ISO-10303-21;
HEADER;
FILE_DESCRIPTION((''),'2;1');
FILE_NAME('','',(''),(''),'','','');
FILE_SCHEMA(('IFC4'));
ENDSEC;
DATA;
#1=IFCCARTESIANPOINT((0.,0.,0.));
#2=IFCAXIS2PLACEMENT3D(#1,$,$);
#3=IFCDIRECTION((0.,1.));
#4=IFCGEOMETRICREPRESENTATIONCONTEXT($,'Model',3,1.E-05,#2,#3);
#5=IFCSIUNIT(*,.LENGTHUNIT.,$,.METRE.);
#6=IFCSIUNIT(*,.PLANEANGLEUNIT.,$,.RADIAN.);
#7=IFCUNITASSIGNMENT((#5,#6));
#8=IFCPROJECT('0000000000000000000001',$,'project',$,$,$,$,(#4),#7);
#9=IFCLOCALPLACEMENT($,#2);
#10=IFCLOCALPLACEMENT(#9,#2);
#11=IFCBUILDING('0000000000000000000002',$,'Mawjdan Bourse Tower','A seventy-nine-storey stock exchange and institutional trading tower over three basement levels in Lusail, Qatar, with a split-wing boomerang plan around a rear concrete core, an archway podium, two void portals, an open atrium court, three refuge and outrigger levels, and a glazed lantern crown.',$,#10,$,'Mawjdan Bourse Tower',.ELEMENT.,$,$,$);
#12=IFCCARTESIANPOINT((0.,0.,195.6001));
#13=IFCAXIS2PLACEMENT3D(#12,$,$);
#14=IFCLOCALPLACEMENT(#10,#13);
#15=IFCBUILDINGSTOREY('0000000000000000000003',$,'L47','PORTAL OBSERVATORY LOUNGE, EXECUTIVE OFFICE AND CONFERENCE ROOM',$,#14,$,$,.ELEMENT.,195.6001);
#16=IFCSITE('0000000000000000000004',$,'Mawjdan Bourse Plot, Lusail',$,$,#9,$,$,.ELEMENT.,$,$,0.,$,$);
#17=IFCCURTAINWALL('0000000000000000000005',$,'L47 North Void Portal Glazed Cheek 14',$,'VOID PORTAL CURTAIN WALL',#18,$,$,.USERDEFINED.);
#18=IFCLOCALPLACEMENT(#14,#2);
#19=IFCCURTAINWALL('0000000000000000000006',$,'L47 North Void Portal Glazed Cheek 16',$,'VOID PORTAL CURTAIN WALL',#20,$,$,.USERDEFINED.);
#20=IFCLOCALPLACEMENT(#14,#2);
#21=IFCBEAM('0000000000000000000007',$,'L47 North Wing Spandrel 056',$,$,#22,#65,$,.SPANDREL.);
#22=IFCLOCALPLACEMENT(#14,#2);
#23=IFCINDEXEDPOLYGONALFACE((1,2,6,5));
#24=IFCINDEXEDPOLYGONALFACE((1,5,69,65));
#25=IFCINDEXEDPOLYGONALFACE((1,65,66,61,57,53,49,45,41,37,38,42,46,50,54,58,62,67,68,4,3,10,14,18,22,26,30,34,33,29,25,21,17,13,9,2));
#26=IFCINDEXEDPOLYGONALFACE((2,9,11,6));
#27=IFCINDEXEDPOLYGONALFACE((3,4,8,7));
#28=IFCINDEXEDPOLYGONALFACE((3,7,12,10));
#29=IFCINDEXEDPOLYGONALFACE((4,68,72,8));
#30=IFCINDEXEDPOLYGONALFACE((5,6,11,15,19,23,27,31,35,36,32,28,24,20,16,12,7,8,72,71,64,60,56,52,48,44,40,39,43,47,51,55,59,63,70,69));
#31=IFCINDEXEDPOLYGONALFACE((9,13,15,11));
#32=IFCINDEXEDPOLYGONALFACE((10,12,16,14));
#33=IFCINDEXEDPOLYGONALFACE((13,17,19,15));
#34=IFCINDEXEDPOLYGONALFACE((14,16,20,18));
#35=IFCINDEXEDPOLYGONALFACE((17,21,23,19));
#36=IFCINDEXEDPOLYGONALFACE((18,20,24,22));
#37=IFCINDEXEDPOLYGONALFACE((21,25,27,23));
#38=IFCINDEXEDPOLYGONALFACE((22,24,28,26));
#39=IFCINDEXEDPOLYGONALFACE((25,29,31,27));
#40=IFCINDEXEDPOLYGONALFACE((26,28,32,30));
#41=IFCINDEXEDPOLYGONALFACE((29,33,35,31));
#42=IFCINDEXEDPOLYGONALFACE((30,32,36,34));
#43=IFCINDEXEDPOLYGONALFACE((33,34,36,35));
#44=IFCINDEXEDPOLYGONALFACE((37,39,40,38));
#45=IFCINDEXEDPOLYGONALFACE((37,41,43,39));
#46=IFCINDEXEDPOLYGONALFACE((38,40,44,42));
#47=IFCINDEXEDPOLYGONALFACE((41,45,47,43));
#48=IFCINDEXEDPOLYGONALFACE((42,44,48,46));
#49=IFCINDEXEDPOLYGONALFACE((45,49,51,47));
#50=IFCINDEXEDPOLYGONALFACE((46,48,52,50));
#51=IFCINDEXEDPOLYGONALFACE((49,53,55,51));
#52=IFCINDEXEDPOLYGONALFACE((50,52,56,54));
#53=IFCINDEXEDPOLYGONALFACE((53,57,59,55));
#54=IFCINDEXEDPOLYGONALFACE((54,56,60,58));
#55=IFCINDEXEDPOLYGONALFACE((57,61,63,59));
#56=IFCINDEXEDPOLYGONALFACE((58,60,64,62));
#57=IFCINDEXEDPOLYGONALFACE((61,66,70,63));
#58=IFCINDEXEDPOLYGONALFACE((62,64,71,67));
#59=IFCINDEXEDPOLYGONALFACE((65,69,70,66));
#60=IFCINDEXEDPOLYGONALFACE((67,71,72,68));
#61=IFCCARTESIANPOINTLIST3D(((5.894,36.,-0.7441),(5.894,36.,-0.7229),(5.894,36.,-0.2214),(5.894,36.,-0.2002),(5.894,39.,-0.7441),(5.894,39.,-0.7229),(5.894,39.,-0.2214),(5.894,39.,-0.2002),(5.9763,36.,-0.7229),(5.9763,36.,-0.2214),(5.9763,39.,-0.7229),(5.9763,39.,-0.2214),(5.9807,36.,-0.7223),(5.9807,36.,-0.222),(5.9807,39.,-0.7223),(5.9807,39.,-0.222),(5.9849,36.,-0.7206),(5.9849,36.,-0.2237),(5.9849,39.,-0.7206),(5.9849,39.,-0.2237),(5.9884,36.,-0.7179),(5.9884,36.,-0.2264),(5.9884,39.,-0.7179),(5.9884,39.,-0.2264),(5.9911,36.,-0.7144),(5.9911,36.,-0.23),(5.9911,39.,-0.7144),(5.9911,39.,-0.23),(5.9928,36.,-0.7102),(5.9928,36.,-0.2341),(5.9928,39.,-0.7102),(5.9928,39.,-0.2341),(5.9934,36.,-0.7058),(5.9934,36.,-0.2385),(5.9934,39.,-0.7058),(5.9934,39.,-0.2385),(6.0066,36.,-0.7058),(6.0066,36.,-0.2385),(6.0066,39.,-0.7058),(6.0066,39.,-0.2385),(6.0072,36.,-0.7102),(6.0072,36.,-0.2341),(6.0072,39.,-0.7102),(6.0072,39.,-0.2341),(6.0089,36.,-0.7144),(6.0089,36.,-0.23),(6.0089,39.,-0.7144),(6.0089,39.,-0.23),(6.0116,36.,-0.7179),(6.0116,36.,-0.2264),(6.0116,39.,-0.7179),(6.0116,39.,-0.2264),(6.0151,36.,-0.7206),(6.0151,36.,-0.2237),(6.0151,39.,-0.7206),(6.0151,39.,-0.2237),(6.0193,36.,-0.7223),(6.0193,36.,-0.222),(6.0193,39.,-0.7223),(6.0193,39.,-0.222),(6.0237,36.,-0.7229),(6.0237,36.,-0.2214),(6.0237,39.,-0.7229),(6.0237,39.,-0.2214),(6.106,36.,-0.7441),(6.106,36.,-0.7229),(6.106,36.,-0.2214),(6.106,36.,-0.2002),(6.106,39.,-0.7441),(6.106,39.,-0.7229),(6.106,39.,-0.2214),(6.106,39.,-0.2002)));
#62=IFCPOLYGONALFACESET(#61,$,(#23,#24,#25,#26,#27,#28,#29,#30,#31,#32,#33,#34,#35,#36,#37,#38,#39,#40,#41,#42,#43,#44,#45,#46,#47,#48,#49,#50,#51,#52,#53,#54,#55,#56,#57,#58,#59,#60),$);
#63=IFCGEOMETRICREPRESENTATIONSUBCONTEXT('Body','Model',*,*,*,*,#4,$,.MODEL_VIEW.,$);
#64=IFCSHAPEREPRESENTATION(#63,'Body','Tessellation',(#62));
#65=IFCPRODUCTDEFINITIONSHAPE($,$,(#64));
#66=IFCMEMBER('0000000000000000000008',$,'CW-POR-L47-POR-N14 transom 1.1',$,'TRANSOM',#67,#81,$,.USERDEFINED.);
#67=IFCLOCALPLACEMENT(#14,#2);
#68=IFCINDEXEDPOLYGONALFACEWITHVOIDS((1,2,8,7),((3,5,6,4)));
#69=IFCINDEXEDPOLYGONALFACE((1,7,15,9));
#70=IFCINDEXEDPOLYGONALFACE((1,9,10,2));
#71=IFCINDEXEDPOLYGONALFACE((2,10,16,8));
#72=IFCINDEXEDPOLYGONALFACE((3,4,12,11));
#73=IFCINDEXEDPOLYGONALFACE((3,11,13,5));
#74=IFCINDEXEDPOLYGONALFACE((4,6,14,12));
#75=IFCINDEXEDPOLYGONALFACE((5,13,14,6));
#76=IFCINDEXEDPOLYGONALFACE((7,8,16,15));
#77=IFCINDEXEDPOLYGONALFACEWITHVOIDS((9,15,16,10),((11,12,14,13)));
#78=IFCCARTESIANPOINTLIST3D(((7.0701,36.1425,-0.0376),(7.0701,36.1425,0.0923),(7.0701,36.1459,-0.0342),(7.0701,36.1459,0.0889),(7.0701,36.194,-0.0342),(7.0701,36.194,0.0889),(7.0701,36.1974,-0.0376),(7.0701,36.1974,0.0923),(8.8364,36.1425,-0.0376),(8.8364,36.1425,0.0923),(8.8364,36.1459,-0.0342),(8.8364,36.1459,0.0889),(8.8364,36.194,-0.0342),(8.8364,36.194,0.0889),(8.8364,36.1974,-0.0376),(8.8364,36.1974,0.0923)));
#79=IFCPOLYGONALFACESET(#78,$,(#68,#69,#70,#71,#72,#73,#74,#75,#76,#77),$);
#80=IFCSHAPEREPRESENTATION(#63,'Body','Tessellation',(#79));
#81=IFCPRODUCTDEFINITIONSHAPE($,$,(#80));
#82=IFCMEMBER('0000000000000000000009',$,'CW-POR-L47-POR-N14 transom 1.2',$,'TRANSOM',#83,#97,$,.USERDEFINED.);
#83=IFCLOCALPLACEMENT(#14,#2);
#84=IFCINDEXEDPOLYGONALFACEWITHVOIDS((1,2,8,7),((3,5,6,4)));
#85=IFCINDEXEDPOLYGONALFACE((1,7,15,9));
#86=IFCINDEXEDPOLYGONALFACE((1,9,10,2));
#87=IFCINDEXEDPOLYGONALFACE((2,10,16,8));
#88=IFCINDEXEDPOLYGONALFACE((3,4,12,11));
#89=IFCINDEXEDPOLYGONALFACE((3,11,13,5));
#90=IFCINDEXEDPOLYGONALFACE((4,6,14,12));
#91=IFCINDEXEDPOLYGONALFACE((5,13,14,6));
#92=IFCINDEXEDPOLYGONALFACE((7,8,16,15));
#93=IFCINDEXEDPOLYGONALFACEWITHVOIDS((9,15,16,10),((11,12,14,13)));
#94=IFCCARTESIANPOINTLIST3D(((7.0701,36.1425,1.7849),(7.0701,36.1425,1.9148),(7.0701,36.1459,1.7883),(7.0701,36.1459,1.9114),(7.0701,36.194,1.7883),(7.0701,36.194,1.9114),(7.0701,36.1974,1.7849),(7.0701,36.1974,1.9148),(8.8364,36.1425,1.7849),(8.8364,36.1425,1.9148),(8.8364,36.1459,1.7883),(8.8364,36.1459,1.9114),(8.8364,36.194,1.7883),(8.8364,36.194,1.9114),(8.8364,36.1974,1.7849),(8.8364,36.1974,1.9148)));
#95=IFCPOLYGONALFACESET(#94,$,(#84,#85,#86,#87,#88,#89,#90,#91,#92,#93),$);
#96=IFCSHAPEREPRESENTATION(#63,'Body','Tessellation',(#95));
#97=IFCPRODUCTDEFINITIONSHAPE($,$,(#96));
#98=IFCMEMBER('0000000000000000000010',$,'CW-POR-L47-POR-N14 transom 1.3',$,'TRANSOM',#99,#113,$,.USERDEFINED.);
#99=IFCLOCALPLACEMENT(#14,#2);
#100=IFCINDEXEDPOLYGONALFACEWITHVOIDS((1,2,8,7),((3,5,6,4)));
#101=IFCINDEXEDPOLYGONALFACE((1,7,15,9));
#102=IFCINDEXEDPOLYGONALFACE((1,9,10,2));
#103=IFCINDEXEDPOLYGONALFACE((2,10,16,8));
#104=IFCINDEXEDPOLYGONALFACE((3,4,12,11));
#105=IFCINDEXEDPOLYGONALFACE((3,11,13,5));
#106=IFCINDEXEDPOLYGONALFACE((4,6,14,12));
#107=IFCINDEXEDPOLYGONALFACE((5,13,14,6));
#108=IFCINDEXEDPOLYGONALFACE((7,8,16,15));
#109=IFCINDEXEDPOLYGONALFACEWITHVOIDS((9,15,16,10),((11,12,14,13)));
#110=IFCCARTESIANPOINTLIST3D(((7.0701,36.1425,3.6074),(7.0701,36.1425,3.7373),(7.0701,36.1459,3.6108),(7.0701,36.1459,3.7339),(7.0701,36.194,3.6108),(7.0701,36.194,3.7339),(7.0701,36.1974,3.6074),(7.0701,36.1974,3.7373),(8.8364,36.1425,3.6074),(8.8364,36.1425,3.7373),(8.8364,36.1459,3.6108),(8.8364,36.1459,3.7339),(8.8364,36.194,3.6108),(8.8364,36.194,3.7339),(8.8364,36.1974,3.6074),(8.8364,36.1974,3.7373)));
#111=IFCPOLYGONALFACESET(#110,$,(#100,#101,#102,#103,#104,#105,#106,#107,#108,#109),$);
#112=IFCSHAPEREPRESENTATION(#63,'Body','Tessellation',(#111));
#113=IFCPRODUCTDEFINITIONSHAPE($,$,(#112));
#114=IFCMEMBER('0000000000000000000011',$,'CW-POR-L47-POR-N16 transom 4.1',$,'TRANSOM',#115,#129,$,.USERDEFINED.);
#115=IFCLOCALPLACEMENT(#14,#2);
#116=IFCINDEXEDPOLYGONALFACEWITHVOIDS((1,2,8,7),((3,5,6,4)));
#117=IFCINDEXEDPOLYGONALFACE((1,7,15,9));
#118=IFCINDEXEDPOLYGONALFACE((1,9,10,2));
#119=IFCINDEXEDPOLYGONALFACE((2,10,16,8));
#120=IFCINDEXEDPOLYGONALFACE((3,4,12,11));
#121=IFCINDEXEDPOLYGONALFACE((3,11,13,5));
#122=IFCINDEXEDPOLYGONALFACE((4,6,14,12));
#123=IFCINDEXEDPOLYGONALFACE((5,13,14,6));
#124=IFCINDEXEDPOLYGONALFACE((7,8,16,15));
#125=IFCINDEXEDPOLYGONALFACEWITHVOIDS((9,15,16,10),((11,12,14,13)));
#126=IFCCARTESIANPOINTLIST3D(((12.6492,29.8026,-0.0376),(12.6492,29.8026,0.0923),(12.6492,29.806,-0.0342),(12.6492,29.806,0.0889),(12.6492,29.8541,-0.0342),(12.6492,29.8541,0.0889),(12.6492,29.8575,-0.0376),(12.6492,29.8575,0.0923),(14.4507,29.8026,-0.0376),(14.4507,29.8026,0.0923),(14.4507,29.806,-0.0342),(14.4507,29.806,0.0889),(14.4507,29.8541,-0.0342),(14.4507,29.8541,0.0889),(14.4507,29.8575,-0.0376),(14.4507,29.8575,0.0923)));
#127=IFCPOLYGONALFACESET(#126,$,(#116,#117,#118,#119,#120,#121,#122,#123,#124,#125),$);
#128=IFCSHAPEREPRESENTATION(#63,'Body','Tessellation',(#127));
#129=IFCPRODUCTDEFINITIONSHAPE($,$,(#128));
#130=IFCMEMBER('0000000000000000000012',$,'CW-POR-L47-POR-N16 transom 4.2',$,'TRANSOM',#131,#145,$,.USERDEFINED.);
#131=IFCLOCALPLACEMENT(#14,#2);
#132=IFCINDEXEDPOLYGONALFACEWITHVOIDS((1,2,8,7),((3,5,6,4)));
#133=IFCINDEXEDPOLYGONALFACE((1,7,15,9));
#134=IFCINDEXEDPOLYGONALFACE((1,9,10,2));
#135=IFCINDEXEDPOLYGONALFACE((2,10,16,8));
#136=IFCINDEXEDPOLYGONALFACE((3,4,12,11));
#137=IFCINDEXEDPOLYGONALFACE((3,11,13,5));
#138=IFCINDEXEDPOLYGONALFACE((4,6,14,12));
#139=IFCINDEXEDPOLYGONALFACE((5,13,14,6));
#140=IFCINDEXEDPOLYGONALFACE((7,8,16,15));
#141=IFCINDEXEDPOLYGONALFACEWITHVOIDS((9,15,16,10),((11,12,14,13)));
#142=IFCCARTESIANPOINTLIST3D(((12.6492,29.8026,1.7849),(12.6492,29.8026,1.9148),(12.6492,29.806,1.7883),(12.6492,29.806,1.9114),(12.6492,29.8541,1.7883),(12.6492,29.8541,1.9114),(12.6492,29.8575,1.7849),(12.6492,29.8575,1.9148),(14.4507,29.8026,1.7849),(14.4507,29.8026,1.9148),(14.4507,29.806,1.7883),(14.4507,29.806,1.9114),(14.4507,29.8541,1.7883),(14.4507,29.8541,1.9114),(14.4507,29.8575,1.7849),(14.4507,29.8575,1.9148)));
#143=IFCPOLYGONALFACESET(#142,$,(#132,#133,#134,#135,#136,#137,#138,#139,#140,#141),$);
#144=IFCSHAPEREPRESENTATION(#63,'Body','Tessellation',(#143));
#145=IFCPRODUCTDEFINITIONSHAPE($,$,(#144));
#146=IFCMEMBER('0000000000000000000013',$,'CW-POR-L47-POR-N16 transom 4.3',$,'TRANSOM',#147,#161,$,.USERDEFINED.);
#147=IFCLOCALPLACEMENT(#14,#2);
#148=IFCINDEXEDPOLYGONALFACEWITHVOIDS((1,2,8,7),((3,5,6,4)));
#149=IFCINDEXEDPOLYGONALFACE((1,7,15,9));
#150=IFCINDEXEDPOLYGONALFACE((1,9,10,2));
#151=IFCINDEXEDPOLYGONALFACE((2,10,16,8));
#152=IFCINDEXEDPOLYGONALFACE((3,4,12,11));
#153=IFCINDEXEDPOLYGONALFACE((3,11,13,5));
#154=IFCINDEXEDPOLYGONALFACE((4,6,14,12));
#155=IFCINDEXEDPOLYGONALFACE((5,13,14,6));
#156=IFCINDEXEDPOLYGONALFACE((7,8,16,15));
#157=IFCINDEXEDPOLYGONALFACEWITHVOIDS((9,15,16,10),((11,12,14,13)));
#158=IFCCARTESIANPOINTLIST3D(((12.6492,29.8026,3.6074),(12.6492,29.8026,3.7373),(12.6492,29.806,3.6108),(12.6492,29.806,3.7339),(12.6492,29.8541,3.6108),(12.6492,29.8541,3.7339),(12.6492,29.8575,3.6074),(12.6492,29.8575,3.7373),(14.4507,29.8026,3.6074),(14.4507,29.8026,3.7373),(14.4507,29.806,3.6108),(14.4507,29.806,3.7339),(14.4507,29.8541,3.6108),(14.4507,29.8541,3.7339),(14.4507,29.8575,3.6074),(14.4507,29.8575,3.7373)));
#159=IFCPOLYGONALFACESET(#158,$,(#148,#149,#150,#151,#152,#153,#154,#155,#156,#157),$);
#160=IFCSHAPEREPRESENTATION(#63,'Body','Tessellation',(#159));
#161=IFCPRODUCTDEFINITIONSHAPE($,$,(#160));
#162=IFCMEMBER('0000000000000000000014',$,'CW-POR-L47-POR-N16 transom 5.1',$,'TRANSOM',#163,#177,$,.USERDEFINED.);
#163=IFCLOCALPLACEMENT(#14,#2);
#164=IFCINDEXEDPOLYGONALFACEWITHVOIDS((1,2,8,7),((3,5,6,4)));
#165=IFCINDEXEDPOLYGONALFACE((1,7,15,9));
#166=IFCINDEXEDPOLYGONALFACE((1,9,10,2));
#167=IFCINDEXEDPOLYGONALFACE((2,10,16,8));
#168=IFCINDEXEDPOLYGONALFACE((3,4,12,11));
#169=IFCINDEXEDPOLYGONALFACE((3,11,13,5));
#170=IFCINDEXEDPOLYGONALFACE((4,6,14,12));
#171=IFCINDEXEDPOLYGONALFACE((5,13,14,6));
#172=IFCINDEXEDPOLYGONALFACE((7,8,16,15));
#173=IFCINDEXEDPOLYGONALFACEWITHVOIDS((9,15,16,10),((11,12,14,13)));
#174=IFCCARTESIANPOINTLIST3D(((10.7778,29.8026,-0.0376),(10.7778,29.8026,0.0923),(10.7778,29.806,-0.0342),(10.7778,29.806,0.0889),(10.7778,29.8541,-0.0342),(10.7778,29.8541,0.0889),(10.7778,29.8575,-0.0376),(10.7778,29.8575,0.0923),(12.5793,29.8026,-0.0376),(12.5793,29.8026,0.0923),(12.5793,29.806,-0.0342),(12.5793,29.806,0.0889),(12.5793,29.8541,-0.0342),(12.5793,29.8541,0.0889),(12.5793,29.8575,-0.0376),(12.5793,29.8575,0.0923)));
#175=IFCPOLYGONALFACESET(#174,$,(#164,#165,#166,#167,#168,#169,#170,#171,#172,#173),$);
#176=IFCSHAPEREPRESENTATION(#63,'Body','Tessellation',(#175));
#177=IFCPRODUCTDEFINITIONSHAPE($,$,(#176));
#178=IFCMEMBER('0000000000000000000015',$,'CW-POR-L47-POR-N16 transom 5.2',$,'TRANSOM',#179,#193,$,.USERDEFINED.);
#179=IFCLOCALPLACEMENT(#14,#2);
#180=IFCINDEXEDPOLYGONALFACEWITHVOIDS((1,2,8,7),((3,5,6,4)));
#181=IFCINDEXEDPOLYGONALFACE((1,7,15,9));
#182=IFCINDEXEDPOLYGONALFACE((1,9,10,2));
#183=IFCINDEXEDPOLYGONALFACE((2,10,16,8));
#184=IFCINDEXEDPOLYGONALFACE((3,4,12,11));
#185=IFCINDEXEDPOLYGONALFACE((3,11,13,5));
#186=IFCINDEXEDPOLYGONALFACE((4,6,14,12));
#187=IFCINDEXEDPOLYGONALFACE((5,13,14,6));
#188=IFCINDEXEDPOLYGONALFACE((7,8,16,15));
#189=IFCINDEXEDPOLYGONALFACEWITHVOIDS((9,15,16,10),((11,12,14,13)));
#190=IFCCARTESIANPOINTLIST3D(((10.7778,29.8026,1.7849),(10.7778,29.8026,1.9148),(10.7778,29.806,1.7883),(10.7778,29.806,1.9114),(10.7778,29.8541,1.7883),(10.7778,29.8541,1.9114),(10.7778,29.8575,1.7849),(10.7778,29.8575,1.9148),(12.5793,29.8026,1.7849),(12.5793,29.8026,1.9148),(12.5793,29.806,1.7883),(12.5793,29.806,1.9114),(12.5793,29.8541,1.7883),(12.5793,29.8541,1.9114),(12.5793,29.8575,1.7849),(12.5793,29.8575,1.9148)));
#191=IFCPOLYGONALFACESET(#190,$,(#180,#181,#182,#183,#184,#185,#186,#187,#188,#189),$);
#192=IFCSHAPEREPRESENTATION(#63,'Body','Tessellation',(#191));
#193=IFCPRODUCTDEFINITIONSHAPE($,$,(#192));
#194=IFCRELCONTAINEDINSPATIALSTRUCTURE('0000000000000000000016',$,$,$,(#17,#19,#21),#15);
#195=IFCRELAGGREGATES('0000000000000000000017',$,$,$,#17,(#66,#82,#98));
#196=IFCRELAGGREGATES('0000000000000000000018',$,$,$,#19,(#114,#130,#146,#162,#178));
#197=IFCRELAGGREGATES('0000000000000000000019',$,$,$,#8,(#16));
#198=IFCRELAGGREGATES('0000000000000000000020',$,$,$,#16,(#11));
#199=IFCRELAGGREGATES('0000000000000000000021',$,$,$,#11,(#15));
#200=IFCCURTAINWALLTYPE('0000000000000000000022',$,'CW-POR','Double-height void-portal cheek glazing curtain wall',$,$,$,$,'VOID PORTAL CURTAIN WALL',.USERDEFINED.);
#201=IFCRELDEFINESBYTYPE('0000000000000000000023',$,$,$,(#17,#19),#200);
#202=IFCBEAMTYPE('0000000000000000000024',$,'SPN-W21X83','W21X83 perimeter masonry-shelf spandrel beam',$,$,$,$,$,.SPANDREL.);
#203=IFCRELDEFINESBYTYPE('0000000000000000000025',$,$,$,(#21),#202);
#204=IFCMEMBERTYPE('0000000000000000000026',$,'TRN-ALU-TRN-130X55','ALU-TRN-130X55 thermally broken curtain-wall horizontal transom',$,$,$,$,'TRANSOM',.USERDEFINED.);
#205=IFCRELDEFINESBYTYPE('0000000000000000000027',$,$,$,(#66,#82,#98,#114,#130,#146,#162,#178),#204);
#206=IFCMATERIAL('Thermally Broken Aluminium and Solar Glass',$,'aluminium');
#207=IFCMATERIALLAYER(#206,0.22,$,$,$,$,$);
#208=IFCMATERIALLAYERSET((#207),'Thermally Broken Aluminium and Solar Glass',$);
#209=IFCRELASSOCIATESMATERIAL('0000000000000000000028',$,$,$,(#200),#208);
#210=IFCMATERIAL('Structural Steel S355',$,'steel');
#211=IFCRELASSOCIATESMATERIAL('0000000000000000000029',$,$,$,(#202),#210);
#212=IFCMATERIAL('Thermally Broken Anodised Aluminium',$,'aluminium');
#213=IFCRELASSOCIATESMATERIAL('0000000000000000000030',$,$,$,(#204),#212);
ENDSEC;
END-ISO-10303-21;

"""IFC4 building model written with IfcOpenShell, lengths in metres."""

from ifc_helpers import new_model, si_unit, direction, frame, origin, origin_2d, place, context, subcontext, project, spatial, hollow_rectangle, i_section, extrude, material, layer, layer_set, material_profile, profile_set, type_object, element, aggregate, save


model = new_model("IFC4")

# Units and contexts
model_context = context("Model", 3, precision=1e-05, world=origin(), true_north=direction((0.0, 1.0)))
body_context = subcontext(model_context, "Body", "Model", "MODEL_VIEW")
ifc_project = project(units=[si_unit("LENGTHUNIT", "METRE"), si_unit("PLANEANGLEUNIT", "RADIAN")], contexts=[model_context])

# Site, building, storey
site_placement = place(None, origin())
site = spatial("IfcSite", under=ifc_project, at=site_placement, Name="Mawjdan Bourse Plot, Lusail", CompositionType="ELEMENT", RefElevation=0.0)
building_placement = place(site_placement, origin())
building = spatial("IfcBuilding", under=site, at=building_placement, Name="Mawjdan Bourse Tower", Description="A seventy-nine-storey stock exchange and institutional trading tower over three basement levels in Lusail, Qatar, with a split-wing boomerang plan around a rear concrete core, an archway podium, two void portals, an open atrium court, three refuge and outrigger levels, and a glazed lantern crown.", LongName="Mawjdan Bourse Tower", CompositionType="ELEMENT")
storey_placement = place(building_placement, frame((0.0, 0.0, 195.6001)))
storey = spatial("IfcBuildingStorey", under=building, at=storey_placement, Name="L47", Description="PORTAL OBSERVATORY LOUNGE, EXECUTIVE OFFICE AND CONFERENCE ROOM", CompositionType="ELEMENT", Elevation=195.6001)

# Shared definitions
ifc_material_1 = material(Name="Structural Steel S355", Category="steel")

# Curtain wall
ifc_material_2 = material(Name="Thermally Broken Aluminium and Solar Glass", Category="aluminium")
ifc_layer_1 = layer(ifc_material_2, 0.22)
ifc_layer_set_1 = layer_set([ifc_layer_1], Name="Thermally Broken Aluminium and Solar Glass")
curtain_wall_type = type_object("IfcCurtainWallType", Name="CW-POR", Description="Double-height void-portal cheek glazing curtain wall", ElementType="VOID PORTAL CURTAIN WALL", PredefinedType="USERDEFINED", material=ifc_layer_set_1)
curtain_wall_1_placement = place(storey_placement, origin())
curtain_wall_1 = element("IfcCurtainWall", 1, at=curtain_wall_1_placement, inside=storey, type_object=curtain_wall_type, Name="L47 North Void Portal Glazed Cheek 14", ObjectType="VOID PORTAL CURTAIN WALL", PredefinedType="USERDEFINED")
ifc_material_3 = material(Name="Thermally Broken Anodised Aluminium", Category="aluminium")

# Curtain wall
curtain_wall_2_placement = place(storey_placement, origin())
curtain_wall_2 = element("IfcCurtainWall", 2, at=curtain_wall_2_placement, inside=storey, type_object=curtain_wall_type, Name="L47 North Void Portal Glazed Cheek 16", ObjectType="VOID PORTAL CURTAIN WALL", PredefinedType="USERDEFINED")

# Beam
ifc_material_profile_1 = material_profile(ifc_material_1, i_section(OverallWidth=0.2119, OverallDepth=0.5439, WebThickness=0.0132, FlangeThickness=0.0212, FilletRadius=0.0171, at=origin_2d()), Name="W21X83")
ifc_profile_set_1 = profile_set([ifc_material_profile_1], Name="Structural Steel S355")
beam_type_1 = type_object("IfcBeamType", Name="SPN-W21X83", Description="W21X83 perimeter masonry-shelf spandrel beam", PredefinedType="SPANDREL", material=ifc_profile_set_1)
beam_placement = place(storey_placement, frame((6.0, 36.0, -0.4722), z_axis=(0.0, 1.0, 0.0), x_axis=(-1.0, 0.0, 0.0)))
element("IfcBeam", 3, at=beam_placement, inside=storey, type_object=beam_type_1, Name="L47 North Wing Spandrel 056", PredefinedType="SPANDREL", context=body_context, shape_type="SweptSolid", body=[
    extrude(i_section(OverallWidth=0.2119, OverallDepth=0.5439, WebThickness=0.0132, FlangeThickness=0.0212, FilletRadius=0.0171, at=origin_2d()), origin(), (0.0, 0.0, 1.0), 3.0),
])

# Members
ifc_material_profile_2 = material_profile(ifc_material_3, hollow_rectangle(XDim=0.0549, YDim=0.1299, WallThickness=0.0034, at=origin_2d()), Name="ALU-TRN-130X55")
ifc_profile_set_2 = profile_set([ifc_material_profile_2], Name="Thermally Broken Anodised Aluminium")
member_type_1 = type_object("IfcMemberType", Name="TRN-ALU-TRN-130X55", Description="ALU-TRN-130X55 thermally broken curtain-wall horizontal transom", ElementType="TRANSOM", PredefinedType="USERDEFINED", material=ifc_profile_set_2)
member_1_placement = place(storey_placement, frame((7.0701, 36.1699, 0.0273), z_axis=(1.0, 0.0, 0.0), x_axis=(0.0, 1.0, 0.0)))
member_1 = element("IfcMember", 4, at=member_1_placement, type_object=member_type_1, Name="CW-POR-L47-POR-N14 transom 1.1", ObjectType="TRANSOM", PredefinedType="USERDEFINED", context=body_context, shape_type="SweptSolid", body=[
    extrude(hollow_rectangle(XDim=0.0549, YDim=0.1299, WallThickness=0.0034, at=origin_2d()), origin(), (0.0, 0.0, 1.0), 1.7664),
])
member_2_placement = place(storey_placement, frame((7.0701, 36.1699, 1.8499), z_axis=(1.0, 0.0, 0.0), x_axis=(0.0, 1.0, 0.0)))
member_2 = element("IfcMember", 5, at=member_2_placement, type_object=member_type_1, Name="CW-POR-L47-POR-N14 transom 1.2", ObjectType="TRANSOM", PredefinedType="USERDEFINED", context=body_context, shape_type="SweptSolid", body=[
    extrude(hollow_rectangle(XDim=0.0549, YDim=0.1299, WallThickness=0.0034, at=origin_2d()), origin(), (0.0, 0.0, 1.0), 1.7664),
])
member_3_placement = place(storey_placement, frame((7.0701, 36.1699, 3.6724), z_axis=(1.0, 0.0, 0.0), x_axis=(0.0, 1.0, 0.0)))
member_3 = element("IfcMember", 6, at=member_3_placement, type_object=member_type_1, Name="CW-POR-L47-POR-N14 transom 1.3", ObjectType="TRANSOM", PredefinedType="USERDEFINED", context=body_context, shape_type="SweptSolid", body=[
    extrude(hollow_rectangle(XDim=0.0549, YDim=0.1299, WallThickness=0.0034, at=origin_2d()), origin(), (0.0, 0.0, 1.0), 1.7664),
])
aggregate(curtain_wall_1, [member_1, member_2, member_3])
member_4_placement = place(storey_placement, frame((14.4507, 29.8301, 0.0273), z_axis=(-1.0, 0.0, 0.0), x_axis=(0.0, -1.0, 0.0)))
member_4 = element("IfcMember", 7, at=member_4_placement, type_object=member_type_1, Name="CW-POR-L47-POR-N16 transom 4.1", ObjectType="TRANSOM", PredefinedType="USERDEFINED", context=body_context, shape_type="SweptSolid", body=[
    extrude(hollow_rectangle(XDim=0.0549, YDim=0.1299, WallThickness=0.0034, at=origin_2d()), origin(), (0.0, 0.0, 1.0), 1.8015),
])
member_5_placement = place(storey_placement, frame((14.4507, 29.8301, 1.8499), z_axis=(-1.0, 0.0, 0.0), x_axis=(0.0, -1.0, 0.0)))
member_5 = element("IfcMember", 8, at=member_5_placement, type_object=member_type_1, Name="CW-POR-L47-POR-N16 transom 4.2", ObjectType="TRANSOM", PredefinedType="USERDEFINED", context=body_context, shape_type="SweptSolid", body=[
    extrude(hollow_rectangle(XDim=0.0549, YDim=0.1299, WallThickness=0.0034, at=origin_2d()), origin(), (0.0, 0.0, 1.0), 1.8015),
])
member_6_placement = place(storey_placement, frame((14.4507, 29.8301, 3.6724), z_axis=(-1.0, 0.0, 0.0), x_axis=(0.0, -1.0, 0.0)))
member_6 = element("IfcMember", 9, at=member_6_placement, type_object=member_type_1, Name="CW-POR-L47-POR-N16 transom 4.3", ObjectType="TRANSOM", PredefinedType="USERDEFINED", context=body_context, shape_type="SweptSolid", body=[
    extrude(hollow_rectangle(XDim=0.0549, YDim=0.1299, WallThickness=0.0034, at=origin_2d()), origin(), (0.0, 0.0, 1.0), 1.8015),
])
member_7_placement = place(storey_placement, frame((12.5793, 29.8301, 0.0273), z_axis=(-1.0, 0.0, 0.0), x_axis=(0.0, -1.0, 0.0)))
member_7 = element("IfcMember", 10, at=member_7_placement, type_object=member_type_1, Name="CW-POR-L47-POR-N16 transom 5.1", ObjectType="TRANSOM", PredefinedType="USERDEFINED", context=body_context, shape_type="SweptSolid", body=[
    extrude(hollow_rectangle(XDim=0.0549, YDim=0.1299, WallThickness=0.0034, at=origin_2d()), origin(), (0.0, 0.0, 1.0), 1.8015),
])
member_8_placement = place(storey_placement, frame((12.5793, 29.8301, 1.8499), z_axis=(-1.0, 0.0, 0.0), x_axis=(0.0, -1.0, 0.0)))
member_8 = element("IfcMember", 11, at=member_8_placement, type_object=member_type_1, Name="CW-POR-L47-POR-N16 transom 5.2", ObjectType="TRANSOM", PredefinedType="USERDEFINED", context=body_context, shape_type="SweptSolid", body=[
    extrude(hollow_rectangle(XDim=0.0549, YDim=0.1299, WallThickness=0.0034, at=origin_2d()), origin(), (0.0, 0.0, 1.0), 1.8015),
])

aggregate(curtain_wall_2, [member_4, member_5, member_6, member_7, member_8])

save(model, "model.ifc")
